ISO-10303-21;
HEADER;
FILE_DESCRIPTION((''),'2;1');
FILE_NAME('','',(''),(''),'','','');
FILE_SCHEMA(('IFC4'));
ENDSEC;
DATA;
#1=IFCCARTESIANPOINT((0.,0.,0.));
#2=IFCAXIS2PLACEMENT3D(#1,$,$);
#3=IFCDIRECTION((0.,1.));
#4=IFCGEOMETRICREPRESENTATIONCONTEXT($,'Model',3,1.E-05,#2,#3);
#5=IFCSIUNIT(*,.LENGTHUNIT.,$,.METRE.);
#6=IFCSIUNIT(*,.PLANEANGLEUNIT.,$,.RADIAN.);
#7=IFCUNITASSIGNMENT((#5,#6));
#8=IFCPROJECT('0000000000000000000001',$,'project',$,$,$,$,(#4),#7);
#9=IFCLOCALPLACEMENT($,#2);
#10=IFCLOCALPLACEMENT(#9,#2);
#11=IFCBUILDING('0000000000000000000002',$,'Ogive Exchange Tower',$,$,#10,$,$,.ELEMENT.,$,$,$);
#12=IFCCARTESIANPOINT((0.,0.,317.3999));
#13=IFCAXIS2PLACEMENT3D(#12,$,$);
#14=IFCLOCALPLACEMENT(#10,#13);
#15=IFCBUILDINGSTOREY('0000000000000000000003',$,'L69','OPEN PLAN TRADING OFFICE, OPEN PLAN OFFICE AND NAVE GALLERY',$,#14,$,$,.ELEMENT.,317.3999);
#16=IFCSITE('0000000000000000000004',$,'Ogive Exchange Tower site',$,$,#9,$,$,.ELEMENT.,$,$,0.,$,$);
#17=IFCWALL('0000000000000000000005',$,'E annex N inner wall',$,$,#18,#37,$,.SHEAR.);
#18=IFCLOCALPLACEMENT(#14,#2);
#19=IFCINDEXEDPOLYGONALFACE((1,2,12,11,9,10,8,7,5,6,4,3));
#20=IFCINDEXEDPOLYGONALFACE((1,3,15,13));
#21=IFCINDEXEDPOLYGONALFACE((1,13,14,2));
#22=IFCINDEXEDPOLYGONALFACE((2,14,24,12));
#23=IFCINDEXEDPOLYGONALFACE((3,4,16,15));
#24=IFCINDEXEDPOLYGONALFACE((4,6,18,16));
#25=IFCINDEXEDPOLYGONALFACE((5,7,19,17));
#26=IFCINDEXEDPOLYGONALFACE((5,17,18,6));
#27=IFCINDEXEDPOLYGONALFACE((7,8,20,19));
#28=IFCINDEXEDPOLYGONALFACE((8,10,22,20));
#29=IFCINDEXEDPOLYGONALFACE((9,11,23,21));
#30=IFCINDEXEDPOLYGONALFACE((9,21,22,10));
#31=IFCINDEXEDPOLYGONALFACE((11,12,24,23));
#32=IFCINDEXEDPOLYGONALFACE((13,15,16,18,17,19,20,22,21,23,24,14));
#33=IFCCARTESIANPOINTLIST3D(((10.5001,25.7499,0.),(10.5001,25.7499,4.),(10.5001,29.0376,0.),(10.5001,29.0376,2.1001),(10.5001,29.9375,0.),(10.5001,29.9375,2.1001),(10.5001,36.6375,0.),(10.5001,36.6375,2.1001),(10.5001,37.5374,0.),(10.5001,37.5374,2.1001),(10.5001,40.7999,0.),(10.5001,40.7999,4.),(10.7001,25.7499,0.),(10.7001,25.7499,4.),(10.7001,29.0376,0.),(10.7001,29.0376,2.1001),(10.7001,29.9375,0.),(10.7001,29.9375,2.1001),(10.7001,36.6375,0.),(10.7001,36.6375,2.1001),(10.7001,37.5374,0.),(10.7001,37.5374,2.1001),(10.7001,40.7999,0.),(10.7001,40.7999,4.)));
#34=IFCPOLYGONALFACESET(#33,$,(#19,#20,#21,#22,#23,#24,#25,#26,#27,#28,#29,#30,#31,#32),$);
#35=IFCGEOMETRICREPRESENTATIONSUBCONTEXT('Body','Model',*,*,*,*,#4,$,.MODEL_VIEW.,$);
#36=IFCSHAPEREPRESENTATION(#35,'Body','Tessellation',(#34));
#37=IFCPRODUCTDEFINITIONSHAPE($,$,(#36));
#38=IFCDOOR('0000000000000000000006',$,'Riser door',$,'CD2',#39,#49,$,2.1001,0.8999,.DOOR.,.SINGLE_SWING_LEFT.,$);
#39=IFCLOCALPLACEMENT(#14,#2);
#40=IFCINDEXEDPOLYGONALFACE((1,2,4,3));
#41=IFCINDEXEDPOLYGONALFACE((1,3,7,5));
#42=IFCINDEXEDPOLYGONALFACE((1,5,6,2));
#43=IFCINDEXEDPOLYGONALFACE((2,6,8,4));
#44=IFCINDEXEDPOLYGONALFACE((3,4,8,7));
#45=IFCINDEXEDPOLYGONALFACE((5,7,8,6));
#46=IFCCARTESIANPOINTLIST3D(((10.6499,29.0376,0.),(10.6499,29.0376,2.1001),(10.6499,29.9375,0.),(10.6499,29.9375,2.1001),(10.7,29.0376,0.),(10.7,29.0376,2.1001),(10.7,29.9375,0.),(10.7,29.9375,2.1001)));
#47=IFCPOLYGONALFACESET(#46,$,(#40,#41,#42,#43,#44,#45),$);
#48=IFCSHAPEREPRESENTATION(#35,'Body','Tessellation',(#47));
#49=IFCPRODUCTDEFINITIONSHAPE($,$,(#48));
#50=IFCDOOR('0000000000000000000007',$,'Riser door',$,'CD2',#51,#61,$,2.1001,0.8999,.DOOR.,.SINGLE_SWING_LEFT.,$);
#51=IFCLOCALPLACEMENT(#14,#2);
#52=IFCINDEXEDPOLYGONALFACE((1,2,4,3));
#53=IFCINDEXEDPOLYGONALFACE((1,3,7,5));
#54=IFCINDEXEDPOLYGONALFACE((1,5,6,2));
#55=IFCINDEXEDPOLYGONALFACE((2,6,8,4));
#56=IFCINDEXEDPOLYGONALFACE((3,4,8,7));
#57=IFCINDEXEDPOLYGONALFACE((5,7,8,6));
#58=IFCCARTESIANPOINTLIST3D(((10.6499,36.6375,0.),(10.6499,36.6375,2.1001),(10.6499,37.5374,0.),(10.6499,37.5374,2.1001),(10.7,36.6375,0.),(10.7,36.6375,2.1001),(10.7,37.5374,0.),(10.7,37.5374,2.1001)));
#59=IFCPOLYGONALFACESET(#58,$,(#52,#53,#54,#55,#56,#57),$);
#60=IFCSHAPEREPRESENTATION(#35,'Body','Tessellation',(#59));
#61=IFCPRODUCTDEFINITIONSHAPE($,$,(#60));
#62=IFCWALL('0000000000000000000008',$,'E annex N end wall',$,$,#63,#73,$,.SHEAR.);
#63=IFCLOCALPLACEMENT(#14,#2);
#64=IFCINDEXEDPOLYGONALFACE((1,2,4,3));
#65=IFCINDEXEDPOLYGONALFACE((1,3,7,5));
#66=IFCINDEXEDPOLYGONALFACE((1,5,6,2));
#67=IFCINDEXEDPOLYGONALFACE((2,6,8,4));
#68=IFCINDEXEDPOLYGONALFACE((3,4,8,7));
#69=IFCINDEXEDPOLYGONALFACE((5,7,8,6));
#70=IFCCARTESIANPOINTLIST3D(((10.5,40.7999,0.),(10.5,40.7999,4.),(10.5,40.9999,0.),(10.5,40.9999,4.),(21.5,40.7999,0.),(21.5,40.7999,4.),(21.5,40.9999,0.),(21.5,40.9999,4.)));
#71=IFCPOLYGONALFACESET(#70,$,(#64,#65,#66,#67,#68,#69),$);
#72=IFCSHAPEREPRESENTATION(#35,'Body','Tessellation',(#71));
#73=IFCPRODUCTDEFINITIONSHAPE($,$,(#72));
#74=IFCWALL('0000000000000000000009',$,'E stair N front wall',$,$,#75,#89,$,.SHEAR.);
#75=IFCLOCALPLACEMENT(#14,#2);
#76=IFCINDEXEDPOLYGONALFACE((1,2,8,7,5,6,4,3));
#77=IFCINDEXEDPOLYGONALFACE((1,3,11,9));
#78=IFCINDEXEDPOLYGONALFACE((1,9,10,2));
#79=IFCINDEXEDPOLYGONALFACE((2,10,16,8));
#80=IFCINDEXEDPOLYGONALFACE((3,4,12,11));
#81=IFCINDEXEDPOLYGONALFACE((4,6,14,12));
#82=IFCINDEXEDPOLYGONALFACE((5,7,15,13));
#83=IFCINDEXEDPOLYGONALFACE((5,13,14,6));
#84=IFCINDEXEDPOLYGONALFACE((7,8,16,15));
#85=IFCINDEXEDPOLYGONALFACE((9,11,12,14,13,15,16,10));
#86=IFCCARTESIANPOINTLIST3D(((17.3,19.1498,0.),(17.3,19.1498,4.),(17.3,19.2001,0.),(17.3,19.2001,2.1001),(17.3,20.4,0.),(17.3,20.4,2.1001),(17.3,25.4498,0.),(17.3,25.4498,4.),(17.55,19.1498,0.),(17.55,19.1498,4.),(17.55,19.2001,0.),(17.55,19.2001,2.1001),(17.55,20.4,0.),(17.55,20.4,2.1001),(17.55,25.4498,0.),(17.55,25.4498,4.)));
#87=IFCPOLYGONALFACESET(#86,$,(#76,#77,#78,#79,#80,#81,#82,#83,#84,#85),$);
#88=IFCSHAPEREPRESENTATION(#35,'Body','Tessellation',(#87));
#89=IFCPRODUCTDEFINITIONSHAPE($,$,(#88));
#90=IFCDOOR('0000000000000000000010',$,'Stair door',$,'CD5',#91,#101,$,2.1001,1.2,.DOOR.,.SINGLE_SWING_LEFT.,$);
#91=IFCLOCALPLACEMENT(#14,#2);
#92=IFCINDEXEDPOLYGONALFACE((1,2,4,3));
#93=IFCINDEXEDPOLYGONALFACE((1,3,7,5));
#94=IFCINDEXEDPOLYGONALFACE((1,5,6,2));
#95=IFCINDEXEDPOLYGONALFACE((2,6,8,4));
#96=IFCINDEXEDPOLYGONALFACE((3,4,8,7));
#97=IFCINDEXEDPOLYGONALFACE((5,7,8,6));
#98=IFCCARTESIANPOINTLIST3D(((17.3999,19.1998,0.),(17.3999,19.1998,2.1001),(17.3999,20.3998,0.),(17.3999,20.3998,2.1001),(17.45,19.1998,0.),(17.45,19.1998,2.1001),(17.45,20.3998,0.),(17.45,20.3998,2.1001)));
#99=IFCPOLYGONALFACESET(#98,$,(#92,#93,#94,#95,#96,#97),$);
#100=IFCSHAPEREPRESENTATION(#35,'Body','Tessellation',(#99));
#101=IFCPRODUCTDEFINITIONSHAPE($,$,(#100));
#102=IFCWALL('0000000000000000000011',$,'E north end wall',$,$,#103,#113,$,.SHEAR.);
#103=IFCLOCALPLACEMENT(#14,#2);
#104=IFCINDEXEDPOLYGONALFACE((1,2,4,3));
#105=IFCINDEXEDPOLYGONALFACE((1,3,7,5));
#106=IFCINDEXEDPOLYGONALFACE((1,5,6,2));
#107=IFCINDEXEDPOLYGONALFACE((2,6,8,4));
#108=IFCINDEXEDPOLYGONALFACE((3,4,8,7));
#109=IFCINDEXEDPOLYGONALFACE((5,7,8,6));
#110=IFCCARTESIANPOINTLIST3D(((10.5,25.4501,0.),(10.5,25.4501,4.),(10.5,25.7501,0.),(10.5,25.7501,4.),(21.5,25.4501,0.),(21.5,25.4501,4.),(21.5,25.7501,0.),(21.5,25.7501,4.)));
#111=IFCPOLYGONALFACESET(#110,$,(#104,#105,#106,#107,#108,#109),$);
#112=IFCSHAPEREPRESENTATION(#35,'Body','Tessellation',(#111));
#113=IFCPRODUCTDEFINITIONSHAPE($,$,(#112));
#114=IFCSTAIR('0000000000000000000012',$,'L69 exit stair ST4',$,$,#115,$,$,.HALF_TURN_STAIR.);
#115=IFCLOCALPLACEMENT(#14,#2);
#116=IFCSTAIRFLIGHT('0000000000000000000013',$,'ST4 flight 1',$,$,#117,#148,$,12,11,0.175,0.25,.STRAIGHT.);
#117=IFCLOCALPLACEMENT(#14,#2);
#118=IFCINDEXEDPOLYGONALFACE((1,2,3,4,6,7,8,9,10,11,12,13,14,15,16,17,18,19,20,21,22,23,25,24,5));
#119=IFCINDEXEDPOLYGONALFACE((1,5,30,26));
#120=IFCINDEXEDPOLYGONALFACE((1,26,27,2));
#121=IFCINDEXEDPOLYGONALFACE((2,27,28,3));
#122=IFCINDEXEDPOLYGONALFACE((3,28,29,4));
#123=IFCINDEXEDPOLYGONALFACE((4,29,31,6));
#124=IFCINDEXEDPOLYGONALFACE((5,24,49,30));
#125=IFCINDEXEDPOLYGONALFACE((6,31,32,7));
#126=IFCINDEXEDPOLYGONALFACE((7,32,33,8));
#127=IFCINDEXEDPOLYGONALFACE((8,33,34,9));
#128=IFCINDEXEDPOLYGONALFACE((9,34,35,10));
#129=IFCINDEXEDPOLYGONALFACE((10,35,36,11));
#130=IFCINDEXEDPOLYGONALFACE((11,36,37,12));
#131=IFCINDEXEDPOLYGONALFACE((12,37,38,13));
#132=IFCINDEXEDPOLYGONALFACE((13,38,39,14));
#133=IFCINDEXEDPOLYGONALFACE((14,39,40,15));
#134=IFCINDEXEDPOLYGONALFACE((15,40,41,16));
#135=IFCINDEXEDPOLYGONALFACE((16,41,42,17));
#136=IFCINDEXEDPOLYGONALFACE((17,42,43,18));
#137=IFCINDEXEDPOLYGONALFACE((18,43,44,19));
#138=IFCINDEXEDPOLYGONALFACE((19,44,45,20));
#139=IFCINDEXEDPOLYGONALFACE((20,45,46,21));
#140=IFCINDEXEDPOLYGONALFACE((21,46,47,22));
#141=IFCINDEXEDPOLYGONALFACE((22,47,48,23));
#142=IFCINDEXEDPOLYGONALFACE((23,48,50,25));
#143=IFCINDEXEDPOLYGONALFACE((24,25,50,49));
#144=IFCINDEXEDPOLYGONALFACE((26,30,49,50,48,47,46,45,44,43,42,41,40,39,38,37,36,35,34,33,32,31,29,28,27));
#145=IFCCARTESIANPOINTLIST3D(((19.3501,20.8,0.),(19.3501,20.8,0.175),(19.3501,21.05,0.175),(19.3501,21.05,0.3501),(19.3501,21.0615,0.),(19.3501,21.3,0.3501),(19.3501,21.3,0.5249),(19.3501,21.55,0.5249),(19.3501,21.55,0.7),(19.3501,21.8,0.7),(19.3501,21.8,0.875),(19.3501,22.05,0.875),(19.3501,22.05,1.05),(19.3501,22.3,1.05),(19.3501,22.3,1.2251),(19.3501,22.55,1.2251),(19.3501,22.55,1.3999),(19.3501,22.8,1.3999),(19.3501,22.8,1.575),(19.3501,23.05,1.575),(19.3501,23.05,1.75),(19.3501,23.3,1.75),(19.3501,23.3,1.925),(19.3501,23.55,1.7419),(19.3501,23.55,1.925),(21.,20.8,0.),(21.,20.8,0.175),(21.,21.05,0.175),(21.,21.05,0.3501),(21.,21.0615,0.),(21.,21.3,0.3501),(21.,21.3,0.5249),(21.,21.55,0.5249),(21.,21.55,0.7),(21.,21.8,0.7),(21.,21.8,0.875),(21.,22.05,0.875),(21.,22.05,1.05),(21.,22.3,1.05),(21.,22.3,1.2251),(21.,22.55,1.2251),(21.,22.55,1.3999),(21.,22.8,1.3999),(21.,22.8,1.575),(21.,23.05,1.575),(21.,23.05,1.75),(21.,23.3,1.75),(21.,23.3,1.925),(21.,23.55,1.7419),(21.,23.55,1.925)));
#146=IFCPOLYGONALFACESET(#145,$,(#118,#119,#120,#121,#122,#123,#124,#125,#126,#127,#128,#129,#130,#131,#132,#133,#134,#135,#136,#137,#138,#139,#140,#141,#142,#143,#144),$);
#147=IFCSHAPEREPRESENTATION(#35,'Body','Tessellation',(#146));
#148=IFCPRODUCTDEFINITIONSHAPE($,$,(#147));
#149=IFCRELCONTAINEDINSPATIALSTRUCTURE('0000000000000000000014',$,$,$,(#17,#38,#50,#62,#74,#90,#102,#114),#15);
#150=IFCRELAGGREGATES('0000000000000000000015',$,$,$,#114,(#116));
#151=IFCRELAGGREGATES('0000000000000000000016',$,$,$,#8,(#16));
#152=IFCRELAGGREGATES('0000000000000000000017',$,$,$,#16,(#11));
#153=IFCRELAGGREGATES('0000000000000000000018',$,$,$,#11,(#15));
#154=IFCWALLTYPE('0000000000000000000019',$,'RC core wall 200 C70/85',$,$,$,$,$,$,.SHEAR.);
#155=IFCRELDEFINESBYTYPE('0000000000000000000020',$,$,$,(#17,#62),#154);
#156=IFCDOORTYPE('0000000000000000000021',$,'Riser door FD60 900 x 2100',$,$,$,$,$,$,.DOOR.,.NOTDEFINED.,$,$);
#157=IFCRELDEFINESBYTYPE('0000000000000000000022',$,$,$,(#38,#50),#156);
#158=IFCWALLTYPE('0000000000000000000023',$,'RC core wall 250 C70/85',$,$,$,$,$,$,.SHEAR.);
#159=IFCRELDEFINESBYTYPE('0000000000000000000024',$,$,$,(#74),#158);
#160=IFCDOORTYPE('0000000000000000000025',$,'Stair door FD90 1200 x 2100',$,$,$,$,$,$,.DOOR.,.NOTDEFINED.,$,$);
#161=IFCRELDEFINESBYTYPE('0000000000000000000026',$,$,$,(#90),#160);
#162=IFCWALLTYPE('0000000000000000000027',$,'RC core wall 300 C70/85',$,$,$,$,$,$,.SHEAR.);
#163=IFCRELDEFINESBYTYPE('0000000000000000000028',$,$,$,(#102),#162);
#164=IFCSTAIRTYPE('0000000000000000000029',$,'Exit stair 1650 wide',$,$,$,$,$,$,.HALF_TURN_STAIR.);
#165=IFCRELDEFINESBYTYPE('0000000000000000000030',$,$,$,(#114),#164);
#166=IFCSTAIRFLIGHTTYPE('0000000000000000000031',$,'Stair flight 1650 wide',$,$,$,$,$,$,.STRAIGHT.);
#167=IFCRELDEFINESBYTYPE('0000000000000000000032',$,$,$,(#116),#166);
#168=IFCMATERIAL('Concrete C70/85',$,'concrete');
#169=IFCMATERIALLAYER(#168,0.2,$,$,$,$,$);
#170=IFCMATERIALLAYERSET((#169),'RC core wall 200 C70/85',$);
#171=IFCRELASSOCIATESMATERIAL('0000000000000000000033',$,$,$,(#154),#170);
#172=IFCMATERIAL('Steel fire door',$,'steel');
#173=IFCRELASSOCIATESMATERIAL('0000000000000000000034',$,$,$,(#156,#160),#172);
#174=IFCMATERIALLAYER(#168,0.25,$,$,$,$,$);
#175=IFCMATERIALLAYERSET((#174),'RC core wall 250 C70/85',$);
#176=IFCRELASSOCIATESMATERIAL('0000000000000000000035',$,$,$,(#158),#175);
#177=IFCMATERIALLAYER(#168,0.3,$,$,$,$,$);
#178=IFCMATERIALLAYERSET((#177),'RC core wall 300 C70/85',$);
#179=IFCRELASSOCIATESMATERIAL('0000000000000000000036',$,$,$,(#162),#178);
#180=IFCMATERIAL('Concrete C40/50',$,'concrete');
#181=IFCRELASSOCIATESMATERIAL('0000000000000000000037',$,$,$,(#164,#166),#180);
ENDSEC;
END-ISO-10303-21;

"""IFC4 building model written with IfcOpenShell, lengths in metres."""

from ifc_helpers import new_model, si_unit, direction, frame, frame_2d, origin, place, context, subcontext, project, spatial, polyline, rectangle, outline, extrude, material, layer, layer_set, type_object, element, fill, aggregate, save


model = new_model("IFC4")

# Units and contexts
model_context = context("Model", 3, precision=1e-05, world=origin(), true_north=direction((0.0, 1.0)))
body_context = subcontext(model_context, "Body", "Model", "MODEL_VIEW")
ifc_project = project(units=[si_unit("LENGTHUNIT", "METRE"), si_unit("PLANEANGLEUNIT", "RADIAN")], contexts=[model_context])

# Site, building, storey
site_placement = place(None, origin())
site = spatial("IfcSite", under=ifc_project, at=site_placement, Name="Ogive Exchange Tower site", CompositionType="ELEMENT", RefElevation=0.0)
building_placement = place(site_placement, origin())
building = spatial("IfcBuilding", under=site, at=building_placement, Name="Ogive Exchange Tower", CompositionType="ELEMENT")
storey_placement = place(building_placement, frame((0.0, 0.0, 317.3999)))
storey = spatial("IfcBuildingStorey", under=building, at=storey_placement, Name="L69", Description="OPEN PLAN TRADING OFFICE, OPEN PLAN OFFICE AND NAVE GALLERY", CompositionType="ELEMENT", Elevation=317.3999)

# Shared definitions
ifc_material_1 = material(Name="Concrete C70/85", Category="concrete")
ifc_layer_1 = layer(ifc_material_1, 0.2)
ifc_layer_set_1 = layer_set([ifc_layer_1], Name="RC core wall 200 C70/85")
wall_type_1 = type_object("IfcWallType", Name="RC core wall 200 C70/85", PredefinedType="SHEAR", material=ifc_layer_set_1)

# Wall, openings, doors
wall_1_placement = place(storey_placement, frame((10.6001, 25.75, 0.0), z_axis=(0.0, 0.0, 1.0), x_axis=(0.0, 1.0, 0.0)))
wall_1 = element("IfcWall", 1, at=wall_1_placement, inside=storey, type_object=wall_type_1, Name="E annex N inner wall", PredefinedType="SHEAR", context=body_context, shape_type="SweptSolid", body=[
    extrude(rectangle(XDim=15.05, YDim=0.2, at=frame_2d((7.5249, 0.0))), origin(), (0.0, 0.0, 1.0), 4.0),
])
opening_1_placement = place(wall_1_placement, frame((3.2876, 0.0, 0.0)))
opening_1 = element("IfcOpeningElement", 2, at=opening_1_placement, cuts=wall_1, PredefinedType="OPENING", context=body_context, shape_type="SweptSolid", body=[
    extrude(rectangle(XDim=0.8999, YDim=2.1001, at=frame_2d((0.45, 1.05))), frame((0.0, 0.1099, 0.0), z_axis=(0.0, -1.0, 0.0), x_axis=(1.0, 0.0, 0.0)), (0.0, 0.0, 1.0), 0.22),
])
opening_2_placement = place(wall_1_placement, frame((10.8875, 0.0, 0.0)))
opening_2 = element("IfcOpeningElement", 3, at=opening_2_placement, cuts=wall_1, PredefinedType="OPENING", context=body_context, shape_type="SweptSolid", body=[
    extrude(rectangle(XDim=0.8999, YDim=2.1001, at=frame_2d((0.45, 1.05))), frame((0.0, 0.1099, 0.0), z_axis=(0.0, -1.0, 0.0), x_axis=(1.0, 0.0, 0.0)), (0.0, 0.0, 1.0), 0.22),
])
ifc_material_2 = material(Name="Steel fire door", Category="steel")
door_type_1 = type_object("IfcDoorType", Name="Riser door FD60 900 x 2100", OperationType="NOTDEFINED", PredefinedType="DOOR", material=ifc_material_2)
door_1_placement = place(opening_1_placement, origin())
door_1 = element("IfcDoor", 4, at=door_1_placement, inside=storey, type_object=door_type_1, Name="Riser door", ObjectType="CD2", OperationType="SINGLE_SWING_LEFT", OverallHeight=2.1001, OverallWidth=0.8999, PredefinedType="DOOR", context=body_context, shape_type="SweptSolid", body=[
    extrude(rectangle(XDim=0.8999, YDim=2.1001, at=frame_2d((0.45, 1.05))), frame((0.0, -0.0498, 0.0), z_axis=(0.0, -1.0, 0.0), x_axis=(1.0, 0.0, 0.0)), (0.0, 0.0, 1.0), 0.05),
])
fill(opening_1, door_1)
door_2_placement = place(opening_2_placement, origin())
door_2 = element("IfcDoor", 5, at=door_2_placement, inside=storey, type_object=door_type_1, Name="Riser door", ObjectType="CD2", OperationType="SINGLE_SWING_LEFT", OverallHeight=2.1001, OverallWidth=0.8999, PredefinedType="DOOR", context=body_context, shape_type="SweptSolid", body=[
    extrude(rectangle(XDim=0.8999, YDim=2.1001, at=frame_2d((0.45, 1.05))), frame((0.0, -0.0498, 0.0), z_axis=(0.0, -1.0, 0.0), x_axis=(1.0, 0.0, 0.0)), (0.0, 0.0, 1.0), 0.05),
])
fill(opening_2, door_2)

# Wall
wall_2_placement = place(storey_placement, frame((10.5, 40.8999, 0.0), z_axis=(0.0, 0.0, 1.0), x_axis=(1.0, 0.0, 0.0)))
element("IfcWall", 6, at=wall_2_placement, inside=storey, type_object=wall_type_1, Name="E annex N end wall", PredefinedType="SHEAR", context=body_context, shape_type="SweptSolid", body=[
    extrude(rectangle(XDim=11.0, YDim=0.2, at=frame_2d((5.5, 0.0))), origin(), (0.0, 0.0, 1.0), 4.0),
])

# Wall, opening, door
ifc_layer_2 = layer(ifc_material_1, 0.25)
ifc_layer_set_2 = layer_set([ifc_layer_2], Name="RC core wall 250 C70/85")
wall_type_2 = type_object("IfcWallType", Name="RC core wall 250 C70/85", PredefinedType="SHEAR", material=ifc_layer_set_2)
wall_3_placement = place(storey_placement, frame((17.425, 19.1499, 0.0), z_axis=(0.0, 0.0, 1.0), x_axis=(0.0, 1.0, 0.0)))
wall_3 = element("IfcWall", 7, at=wall_3_placement, inside=storey, type_object=wall_type_2, Name="E stair N front wall", PredefinedType="SHEAR", context=body_context, shape_type="SweptSolid", body=[
    extrude(rectangle(XDim=6.3, YDim=0.25, at=frame_2d((3.1499, 0.0))), origin(), (0.0, 0.0, 1.0), 4.0),
])
opening_3_placement = place(wall_3_placement, frame((0.05, 0.0, 0.0)))
opening_3 = element("IfcOpeningElement", 8, at=opening_3_placement, cuts=wall_3, PredefinedType="OPENING", context=body_context, shape_type="SweptSolid", body=[
    extrude(rectangle(XDim=1.2, YDim=2.1001, at=frame_2d((0.6001, 1.05))), frame((0.0, 0.135, 0.0), z_axis=(0.0, -1.0, 0.0), x_axis=(1.0, 0.0, 0.0)), (0.0, 0.0, 1.0), 0.27),
])
door_type_2 = type_object("IfcDoorType", Name="Stair door FD90 1200 x 2100", OperationType="NOTDEFINED", PredefinedType="DOOR", material=ifc_material_2)
door_3_placement = place(opening_3_placement, frame((1.2, 0.0, 0.0), z_axis=(0.0, 0.0, 1.0), x_axis=(-1.0, 0.0, 0.0)))
door_3 = element("IfcDoor", 9, at=door_3_placement, inside=storey, type_object=door_type_2, Name="Stair door", ObjectType="CD5", OperationType="SINGLE_SWING_LEFT", OverallHeight=2.1001, OverallWidth=1.2, PredefinedType="DOOR", context=body_context, shape_type="SweptSolid", body=[
    extrude(rectangle(XDim=1.2, YDim=2.1001, at=frame_2d((0.6001, 1.05))), frame((0.0, 0.0249, 0.0), z_axis=(0.0, -1.0, 0.0), x_axis=(1.0, 0.0, 0.0)), (0.0, 0.0, 1.0), 0.05),
])
fill(opening_3, door_3)

# Wall
ifc_layer_3 = layer(ifc_material_1, 0.3)
ifc_layer_set_3 = layer_set([ifc_layer_3], Name="RC core wall 300 C70/85")
wall_type_3 = type_object("IfcWallType", Name="RC core wall 300 C70/85", PredefinedType="SHEAR", material=ifc_layer_set_3)
wall_4_placement = place(storey_placement, frame((10.5, 25.6001, 0.0), z_axis=(0.0, 0.0, 1.0), x_axis=(1.0, 0.0, 0.0)))
element("IfcWall", 10, at=wall_4_placement, inside=storey, type_object=wall_type_3, Name="E north end wall", PredefinedType="SHEAR", context=body_context, shape_type="SweptSolid", body=[
    extrude(rectangle(XDim=11.0, YDim=0.3, at=frame_2d((5.5, 0.0))), origin(), (0.0, 0.0, 1.0), 4.0),
])

# Stair, stair flight
ifc_material_3 = material(Name="Concrete C40/50", Category="concrete")
stair_type = type_object("IfcStairType", Name="Exit stair 1650 wide", PredefinedType="HALF_TURN_STAIR", material=ifc_material_3)
stair_placement = place(storey_placement, origin())
stair = element("IfcStair", 11, at=stair_placement, inside=storey, type_object=stair_type, Name="L69 exit stair ST4", PredefinedType="HALF_TURN_STAIR")
stair_flight_type = type_object("IfcStairFlightType", Name="Stair flight 1650 wide", PredefinedType="STRAIGHT", material=ifc_material_3)
stair_flight_1_placement = place(storey_placement, frame((20.175, 20.8, 0.0), z_axis=(0.0, 0.0, 1.0), x_axis=(0.0, 1.0, 0.0)))
stair_flight_1 = element("IfcStairFlight", 12, at=stair_flight_1_placement, type_object=stair_flight_type, Name="ST4 flight 1", NumberOfRisers=12, NumberOfTreads=11, PredefinedType="STRAIGHT", RiserHeight=0.175, TreadLength=0.25, context=body_context, shape_type="SweptSolid", body=[
    extrude(outline(polyline([(0.0, 0.0), (0.0, 0.175), (0.25, 0.175), (0.25, 0.3501), (0.5, 0.3501), (0.5, 0.5249), (0.75, 0.5249), (0.75, 0.7), (1.0, 0.7), (1.0, 0.875), (1.25, 0.875), (1.25, 1.05), (1.5, 1.05), (1.5, 1.2251), (1.75, 1.2251), (1.75, 1.3999), (2.0, 1.3999), (2.0, 1.575), (2.25, 1.575), (2.25, 1.75), (2.5, 1.75), (2.5, 1.925), (2.75, 1.925), (2.75, 2.1001), (2.75, 1.7419), (0.2615, 0.0), (0.0, 0.0)])), frame((0.0, 0.825, 0.0), z_axis=(0.0, -1.0, 0.0), x_axis=(1.0, 0.0, 0.0)), (0.0, 0.0, 1.0), 1.6499),
])
aggregate(stair, [stair_flight_1])

save(model, "model.ifc")
